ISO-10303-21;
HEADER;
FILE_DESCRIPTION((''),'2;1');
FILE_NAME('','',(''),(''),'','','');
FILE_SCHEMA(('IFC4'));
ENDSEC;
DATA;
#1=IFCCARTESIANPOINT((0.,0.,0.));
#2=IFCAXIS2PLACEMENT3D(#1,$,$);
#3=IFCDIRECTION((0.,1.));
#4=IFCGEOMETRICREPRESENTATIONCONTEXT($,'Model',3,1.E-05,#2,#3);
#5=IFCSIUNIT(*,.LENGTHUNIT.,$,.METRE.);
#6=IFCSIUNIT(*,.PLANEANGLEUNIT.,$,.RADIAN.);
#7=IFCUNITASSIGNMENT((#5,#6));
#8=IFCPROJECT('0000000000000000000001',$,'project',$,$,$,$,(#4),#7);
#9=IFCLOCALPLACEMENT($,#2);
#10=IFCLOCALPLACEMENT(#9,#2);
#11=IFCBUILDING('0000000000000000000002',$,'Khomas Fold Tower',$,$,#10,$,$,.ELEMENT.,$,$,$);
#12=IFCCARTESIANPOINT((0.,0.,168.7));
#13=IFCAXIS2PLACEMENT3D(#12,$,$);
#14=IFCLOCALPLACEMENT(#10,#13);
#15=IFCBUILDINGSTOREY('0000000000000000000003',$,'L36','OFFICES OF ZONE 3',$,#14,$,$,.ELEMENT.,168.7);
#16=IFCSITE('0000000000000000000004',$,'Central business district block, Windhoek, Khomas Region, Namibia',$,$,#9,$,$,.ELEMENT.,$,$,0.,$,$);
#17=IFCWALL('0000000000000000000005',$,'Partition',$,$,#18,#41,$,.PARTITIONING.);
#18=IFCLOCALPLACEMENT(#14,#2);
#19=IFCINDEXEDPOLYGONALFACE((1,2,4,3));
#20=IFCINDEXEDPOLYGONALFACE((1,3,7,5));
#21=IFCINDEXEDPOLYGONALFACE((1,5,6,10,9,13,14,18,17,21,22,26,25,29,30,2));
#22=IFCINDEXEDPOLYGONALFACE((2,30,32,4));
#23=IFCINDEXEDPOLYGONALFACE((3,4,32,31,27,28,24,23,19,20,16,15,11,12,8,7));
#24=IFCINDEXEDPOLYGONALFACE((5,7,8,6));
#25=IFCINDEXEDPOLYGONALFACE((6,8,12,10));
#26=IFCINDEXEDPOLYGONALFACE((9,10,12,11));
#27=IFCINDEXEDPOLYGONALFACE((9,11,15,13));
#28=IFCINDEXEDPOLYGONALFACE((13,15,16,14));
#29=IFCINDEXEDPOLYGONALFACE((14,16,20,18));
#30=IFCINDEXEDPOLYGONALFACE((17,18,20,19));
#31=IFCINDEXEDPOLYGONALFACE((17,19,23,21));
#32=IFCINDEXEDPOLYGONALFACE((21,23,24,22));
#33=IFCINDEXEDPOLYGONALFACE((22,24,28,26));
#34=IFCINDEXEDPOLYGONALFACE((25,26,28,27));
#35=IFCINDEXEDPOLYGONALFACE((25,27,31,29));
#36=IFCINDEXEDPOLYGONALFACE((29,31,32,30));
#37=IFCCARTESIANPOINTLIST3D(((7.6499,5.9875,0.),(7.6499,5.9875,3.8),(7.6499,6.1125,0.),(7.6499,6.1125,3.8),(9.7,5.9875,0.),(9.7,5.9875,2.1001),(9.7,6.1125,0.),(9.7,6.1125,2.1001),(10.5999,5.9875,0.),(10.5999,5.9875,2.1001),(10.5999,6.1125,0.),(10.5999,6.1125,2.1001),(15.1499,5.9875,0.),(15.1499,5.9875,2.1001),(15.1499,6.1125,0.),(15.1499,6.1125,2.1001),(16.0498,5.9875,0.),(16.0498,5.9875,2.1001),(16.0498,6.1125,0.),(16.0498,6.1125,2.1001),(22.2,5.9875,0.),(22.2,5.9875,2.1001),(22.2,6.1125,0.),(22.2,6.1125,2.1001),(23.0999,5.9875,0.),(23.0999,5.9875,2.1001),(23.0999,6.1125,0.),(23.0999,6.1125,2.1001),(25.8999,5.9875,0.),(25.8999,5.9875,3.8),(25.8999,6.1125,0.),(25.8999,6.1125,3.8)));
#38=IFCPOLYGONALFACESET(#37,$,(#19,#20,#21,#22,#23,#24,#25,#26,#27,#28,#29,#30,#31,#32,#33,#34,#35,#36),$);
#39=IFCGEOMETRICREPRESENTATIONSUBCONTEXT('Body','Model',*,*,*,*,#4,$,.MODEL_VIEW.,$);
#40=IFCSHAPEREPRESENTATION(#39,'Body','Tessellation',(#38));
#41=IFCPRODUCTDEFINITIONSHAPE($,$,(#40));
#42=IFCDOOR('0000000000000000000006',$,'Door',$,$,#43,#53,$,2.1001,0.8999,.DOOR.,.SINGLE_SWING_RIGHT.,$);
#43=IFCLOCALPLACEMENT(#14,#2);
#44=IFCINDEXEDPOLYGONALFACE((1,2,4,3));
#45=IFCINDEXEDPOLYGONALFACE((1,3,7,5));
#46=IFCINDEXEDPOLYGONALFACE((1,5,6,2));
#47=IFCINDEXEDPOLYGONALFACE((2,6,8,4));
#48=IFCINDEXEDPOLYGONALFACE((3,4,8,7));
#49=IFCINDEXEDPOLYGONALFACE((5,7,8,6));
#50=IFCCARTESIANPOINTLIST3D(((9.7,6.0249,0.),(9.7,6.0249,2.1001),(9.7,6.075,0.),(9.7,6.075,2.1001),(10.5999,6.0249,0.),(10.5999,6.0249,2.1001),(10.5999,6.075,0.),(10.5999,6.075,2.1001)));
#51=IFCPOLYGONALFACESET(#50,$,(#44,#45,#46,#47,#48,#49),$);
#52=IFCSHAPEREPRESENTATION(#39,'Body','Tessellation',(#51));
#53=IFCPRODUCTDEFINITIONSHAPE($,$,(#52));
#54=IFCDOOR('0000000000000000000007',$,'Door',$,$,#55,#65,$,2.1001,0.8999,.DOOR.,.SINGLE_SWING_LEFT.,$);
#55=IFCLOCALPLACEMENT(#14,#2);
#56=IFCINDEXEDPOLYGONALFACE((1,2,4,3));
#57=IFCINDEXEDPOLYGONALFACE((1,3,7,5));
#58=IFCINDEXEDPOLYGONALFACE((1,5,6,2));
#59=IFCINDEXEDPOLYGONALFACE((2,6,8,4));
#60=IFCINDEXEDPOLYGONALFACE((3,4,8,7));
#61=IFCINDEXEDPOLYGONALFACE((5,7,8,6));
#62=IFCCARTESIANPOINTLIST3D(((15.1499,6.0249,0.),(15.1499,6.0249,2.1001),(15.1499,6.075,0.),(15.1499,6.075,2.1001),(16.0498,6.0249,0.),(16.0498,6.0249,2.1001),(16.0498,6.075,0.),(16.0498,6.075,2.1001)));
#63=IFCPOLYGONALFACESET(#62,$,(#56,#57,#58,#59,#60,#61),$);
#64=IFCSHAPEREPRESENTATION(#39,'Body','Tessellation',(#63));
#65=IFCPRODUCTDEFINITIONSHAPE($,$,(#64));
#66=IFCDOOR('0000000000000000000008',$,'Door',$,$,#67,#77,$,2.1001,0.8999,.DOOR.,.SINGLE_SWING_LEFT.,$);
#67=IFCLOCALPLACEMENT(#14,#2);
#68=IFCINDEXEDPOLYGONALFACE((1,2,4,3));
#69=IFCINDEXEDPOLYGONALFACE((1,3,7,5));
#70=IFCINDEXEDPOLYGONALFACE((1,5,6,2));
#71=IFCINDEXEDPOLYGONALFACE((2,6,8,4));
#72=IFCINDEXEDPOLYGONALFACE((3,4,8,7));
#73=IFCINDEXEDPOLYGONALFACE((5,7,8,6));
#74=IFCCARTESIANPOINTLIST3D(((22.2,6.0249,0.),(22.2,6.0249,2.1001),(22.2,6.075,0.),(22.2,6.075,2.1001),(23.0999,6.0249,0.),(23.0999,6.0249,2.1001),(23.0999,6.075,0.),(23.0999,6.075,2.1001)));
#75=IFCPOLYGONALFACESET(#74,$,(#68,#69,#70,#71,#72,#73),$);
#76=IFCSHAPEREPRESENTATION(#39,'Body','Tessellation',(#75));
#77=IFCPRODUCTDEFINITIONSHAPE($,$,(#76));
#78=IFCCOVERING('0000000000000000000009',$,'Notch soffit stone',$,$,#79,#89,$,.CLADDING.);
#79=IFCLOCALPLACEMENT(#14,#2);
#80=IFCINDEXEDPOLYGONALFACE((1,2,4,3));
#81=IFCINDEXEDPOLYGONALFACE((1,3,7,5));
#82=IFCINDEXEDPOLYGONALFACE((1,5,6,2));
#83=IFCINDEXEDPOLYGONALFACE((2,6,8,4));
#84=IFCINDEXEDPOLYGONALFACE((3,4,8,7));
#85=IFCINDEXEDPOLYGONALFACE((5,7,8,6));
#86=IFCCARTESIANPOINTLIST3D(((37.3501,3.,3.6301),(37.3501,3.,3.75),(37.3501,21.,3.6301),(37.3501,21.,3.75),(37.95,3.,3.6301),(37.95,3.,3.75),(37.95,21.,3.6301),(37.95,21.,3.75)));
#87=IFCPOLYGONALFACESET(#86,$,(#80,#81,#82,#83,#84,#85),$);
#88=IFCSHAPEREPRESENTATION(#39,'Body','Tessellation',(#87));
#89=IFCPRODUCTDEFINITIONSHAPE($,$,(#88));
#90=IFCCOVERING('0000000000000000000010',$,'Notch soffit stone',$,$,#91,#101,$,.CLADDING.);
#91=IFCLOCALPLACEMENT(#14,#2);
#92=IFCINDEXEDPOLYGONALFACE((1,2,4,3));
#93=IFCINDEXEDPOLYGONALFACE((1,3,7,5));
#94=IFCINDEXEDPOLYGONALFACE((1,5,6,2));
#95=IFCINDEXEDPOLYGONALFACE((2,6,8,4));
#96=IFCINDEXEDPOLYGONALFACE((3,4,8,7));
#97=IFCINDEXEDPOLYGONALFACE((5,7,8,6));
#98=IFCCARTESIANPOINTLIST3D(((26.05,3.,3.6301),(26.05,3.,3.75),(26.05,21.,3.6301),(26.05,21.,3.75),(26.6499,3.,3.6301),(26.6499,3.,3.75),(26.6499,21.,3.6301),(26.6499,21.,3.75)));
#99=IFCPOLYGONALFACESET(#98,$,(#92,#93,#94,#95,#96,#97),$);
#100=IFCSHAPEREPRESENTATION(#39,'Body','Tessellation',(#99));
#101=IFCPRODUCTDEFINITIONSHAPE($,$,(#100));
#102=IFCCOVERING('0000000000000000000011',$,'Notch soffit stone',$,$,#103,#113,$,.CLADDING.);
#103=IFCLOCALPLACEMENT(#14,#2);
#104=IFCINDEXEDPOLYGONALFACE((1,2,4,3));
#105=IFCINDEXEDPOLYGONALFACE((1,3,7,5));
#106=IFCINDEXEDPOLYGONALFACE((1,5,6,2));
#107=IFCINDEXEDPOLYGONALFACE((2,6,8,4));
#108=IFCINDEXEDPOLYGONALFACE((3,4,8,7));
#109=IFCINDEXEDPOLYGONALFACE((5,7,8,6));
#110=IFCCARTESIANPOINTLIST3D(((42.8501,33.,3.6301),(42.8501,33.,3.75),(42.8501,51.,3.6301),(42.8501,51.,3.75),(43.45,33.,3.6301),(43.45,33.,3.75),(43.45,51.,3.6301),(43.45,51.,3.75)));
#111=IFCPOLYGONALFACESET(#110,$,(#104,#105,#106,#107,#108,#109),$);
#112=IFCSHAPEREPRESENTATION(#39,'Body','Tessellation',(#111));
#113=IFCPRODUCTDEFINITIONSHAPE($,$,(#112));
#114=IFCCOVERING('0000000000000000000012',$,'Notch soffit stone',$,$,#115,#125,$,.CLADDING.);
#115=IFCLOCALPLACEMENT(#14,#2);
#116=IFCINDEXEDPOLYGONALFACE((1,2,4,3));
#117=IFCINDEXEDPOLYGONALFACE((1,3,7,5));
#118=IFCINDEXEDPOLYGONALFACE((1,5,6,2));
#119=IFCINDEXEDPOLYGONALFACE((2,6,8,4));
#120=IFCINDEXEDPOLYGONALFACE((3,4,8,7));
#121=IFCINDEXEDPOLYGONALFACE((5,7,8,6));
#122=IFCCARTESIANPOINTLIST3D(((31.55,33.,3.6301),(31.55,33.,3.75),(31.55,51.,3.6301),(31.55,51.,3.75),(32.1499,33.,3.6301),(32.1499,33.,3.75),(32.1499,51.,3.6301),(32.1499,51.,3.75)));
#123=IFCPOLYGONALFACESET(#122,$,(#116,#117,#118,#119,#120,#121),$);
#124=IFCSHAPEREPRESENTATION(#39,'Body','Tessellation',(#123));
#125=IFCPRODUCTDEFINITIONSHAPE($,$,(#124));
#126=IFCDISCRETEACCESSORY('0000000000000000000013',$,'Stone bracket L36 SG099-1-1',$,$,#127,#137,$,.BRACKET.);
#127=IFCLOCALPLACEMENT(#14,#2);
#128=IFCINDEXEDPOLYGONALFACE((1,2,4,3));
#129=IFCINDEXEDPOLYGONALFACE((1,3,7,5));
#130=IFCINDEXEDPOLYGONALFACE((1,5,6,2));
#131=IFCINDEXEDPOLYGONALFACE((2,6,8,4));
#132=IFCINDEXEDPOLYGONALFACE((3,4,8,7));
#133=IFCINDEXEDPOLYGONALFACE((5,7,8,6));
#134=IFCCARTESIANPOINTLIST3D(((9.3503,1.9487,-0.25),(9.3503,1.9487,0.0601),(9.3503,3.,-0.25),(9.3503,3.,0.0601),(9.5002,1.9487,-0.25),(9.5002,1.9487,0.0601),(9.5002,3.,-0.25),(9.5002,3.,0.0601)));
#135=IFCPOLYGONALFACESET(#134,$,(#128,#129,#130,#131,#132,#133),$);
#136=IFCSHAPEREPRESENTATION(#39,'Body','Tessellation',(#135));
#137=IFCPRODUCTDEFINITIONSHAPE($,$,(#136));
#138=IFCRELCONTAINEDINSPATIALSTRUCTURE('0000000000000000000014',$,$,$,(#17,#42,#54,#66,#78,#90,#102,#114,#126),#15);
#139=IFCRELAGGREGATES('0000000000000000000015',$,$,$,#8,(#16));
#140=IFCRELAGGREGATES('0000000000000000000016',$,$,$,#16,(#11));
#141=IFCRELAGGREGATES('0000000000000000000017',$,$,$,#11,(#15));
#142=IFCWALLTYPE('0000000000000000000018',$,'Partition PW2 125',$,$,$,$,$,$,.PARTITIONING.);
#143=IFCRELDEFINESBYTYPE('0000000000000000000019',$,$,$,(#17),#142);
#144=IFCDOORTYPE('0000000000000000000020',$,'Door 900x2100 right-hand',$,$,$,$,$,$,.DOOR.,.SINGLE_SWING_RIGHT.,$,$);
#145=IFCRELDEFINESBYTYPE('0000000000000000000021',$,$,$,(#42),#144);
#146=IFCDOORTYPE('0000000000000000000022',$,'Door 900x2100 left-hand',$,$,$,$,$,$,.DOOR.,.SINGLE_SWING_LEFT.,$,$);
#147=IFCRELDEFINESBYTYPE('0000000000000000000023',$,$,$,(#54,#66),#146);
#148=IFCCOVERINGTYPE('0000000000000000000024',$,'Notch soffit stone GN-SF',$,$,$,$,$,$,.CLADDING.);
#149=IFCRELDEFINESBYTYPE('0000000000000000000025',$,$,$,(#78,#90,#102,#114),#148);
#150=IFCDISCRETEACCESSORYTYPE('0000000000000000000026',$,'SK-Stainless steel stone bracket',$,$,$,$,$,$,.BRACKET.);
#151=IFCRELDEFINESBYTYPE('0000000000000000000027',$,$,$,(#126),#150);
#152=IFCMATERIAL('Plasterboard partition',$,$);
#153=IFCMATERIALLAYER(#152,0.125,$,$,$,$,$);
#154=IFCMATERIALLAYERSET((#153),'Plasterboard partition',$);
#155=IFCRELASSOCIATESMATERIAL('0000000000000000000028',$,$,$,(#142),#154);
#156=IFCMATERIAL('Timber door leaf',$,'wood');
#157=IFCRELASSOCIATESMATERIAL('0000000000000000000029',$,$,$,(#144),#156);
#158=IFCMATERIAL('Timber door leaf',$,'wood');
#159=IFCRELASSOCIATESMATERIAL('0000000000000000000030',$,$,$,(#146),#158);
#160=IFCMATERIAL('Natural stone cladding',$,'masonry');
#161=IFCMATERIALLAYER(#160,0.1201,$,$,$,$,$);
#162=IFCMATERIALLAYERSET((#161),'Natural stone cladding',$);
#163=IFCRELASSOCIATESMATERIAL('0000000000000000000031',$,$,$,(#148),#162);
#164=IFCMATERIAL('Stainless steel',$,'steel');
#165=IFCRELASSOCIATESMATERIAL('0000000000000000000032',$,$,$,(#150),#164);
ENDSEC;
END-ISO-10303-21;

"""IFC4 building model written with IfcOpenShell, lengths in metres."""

from ifc_helpers import new_model, si_unit, direction, frame, frame_2d, origin, origin_2d, place, context, subcontext, project, spatial, polyline, rectangle, outline, extrude, source, transform, mapped, material, layer, layer_set, type_object, element, fill, save


model = new_model("IFC4")

# Units and contexts
model_context = context("Model", 3, precision=1e-05, world=origin(), true_north=direction((0.0, 1.0)))
body_context = subcontext(model_context, "Body", "Model", "MODEL_VIEW")
ifc_project = project(units=[si_unit("LENGTHUNIT", "METRE"), si_unit("PLANEANGLEUNIT", "RADIAN")], contexts=[model_context])

# Site, building, storey
site_placement = place(None, origin())
site = spatial("IfcSite", under=ifc_project, at=site_placement, Name="Central business district block, Windhoek, Khomas Region, Namibia", CompositionType="ELEMENT", RefElevation=0.0)
building_placement = place(site_placement, origin())
building = spatial("IfcBuilding", under=site, at=building_placement, Name="Khomas Fold Tower", CompositionType="ELEMENT")
storey_placement = place(building_placement, frame((0.0, 0.0, 168.7)))
storey = spatial("IfcBuildingStorey", under=building, at=storey_placement, Name="L36", Description="OFFICES OF ZONE 3", CompositionType="ELEMENT", Elevation=168.7)

# Wall, openings, doors
ifc_material_1 = material(Name="Plasterboard partition")
ifc_layer_1 = layer(ifc_material_1, 0.125)
ifc_layer_set_1 = layer_set([ifc_layer_1], Name="Plasterboard partition")
wall_type_1 = type_object("IfcWallType", Name="Partition PW2 125", PredefinedType="PARTITIONING", material=ifc_layer_set_1)
shared_shape_1 = source(origin(), body_context, "Body", "SweptSolid", [
    extrude(rectangle(XDim=18.25, YDim=0.125, at=frame_2d((9.125, 0.0))), origin(), (0.0, 0.0, 1.0), 3.8),
])
wall_1_placement = place(storey_placement, frame((7.6499, 6.05, 0.0), z_axis=(0.0, 0.0, 1.0), x_axis=(1.0, 0.0, 0.0)))
wall_1 = element("IfcWall", 1, at=wall_1_placement, inside=storey, type_object=wall_type_1, Name="Partition", PredefinedType="PARTITIONING", context=body_context, shape_type="MappedRepresentation", body=[
    mapped(shared_shape_1, transform((0.0, 0.0, 0.0))),
])
shared_shape_2 = source(origin(), body_context, "Body", "SweptSolid", [
    extrude(rectangle(XDim=0.8999, YDim=2.1001, at=frame_2d((0.45, 1.05))), frame((0.0, 0.0725, 0.0), z_axis=(0.0, -1.0, 0.0), x_axis=(1.0, 0.0, 0.0)), (0.0, 0.0, 1.0), 0.145),
])
opening_1_placement = place(wall_1_placement, frame((2.05, 0.0, 0.0)))
opening_1 = element("IfcOpeningElement", 2, at=opening_1_placement, cuts=wall_1, PredefinedType="OPENING", context=body_context, shape_type="MappedRepresentation", body=[
    mapped(shared_shape_2, transform((0.0, 0.0, 0.0))),
])
opening_2_placement = place(wall_1_placement, frame((7.5, 0.0, 0.0)))
opening_2 = element("IfcOpeningElement", 3, at=opening_2_placement, cuts=wall_1, PredefinedType="OPENING", context=body_context, shape_type="MappedRepresentation", body=[
    mapped(shared_shape_2, transform((0.0, 0.0, 0.0))),
])
opening_3_placement = place(wall_1_placement, frame((14.55, 0.0, 0.0)))
opening_3 = element("IfcOpeningElement", 4, at=opening_3_placement, cuts=wall_1, PredefinedType="OPENING", context=body_context, shape_type="MappedRepresentation", body=[
    mapped(shared_shape_2, transform((0.0, 0.0, 0.0))),
])
ifc_material_2 = material(Name="Timber door leaf", Category="wood")
door_type_1 = type_object("IfcDoorType", Name="Door 900x2100 right-hand", OperationType="SINGLE_SWING_RIGHT", PredefinedType="DOOR", material=ifc_material_2)
shared_shape_3 = source(origin(), body_context, "Body", "SweptSolid", [
    extrude(rectangle(XDim=0.8999, YDim=2.1001, at=frame_2d((0.45, 1.05))), frame((0.0, 0.0249, 0.0), z_axis=(0.0, -1.0, 0.0), x_axis=(1.0, 0.0, 0.0)), (0.0, 0.0, 1.0), 0.05),
])
door_1_placement = place(opening_1_placement, origin())
door_1 = element("IfcDoor", 5, at=door_1_placement, inside=storey, type_object=door_type_1, Name="Door", OperationType="SINGLE_SWING_RIGHT", OverallHeight=2.1001, OverallWidth=0.8999, PredefinedType="DOOR", context=body_context, shape_type="MappedRepresentation", body=[
    mapped(shared_shape_3, transform((0.0, 0.0, 0.0))),
])
fill(opening_1, door_1)
ifc_material_3 = material(Name="Timber door leaf", Category="wood")
door_type_2 = type_object("IfcDoorType", Name="Door 900x2100 left-hand", OperationType="SINGLE_SWING_LEFT", PredefinedType="DOOR", material=ifc_material_3)
door_2_placement = place(opening_2_placement, origin())
door_2 = element("IfcDoor", 6, at=door_2_placement, inside=storey, type_object=door_type_2, Name="Door", OperationType="SINGLE_SWING_LEFT", OverallHeight=2.1001, OverallWidth=0.8999, PredefinedType="DOOR", context=body_context, shape_type="MappedRepresentation", body=[
    mapped(shared_shape_3, transform((0.0, 0.0, 0.0))),
])
fill(opening_2, door_2)
door_3_placement = place(opening_3_placement, origin())
door_3 = element("IfcDoor", 7, at=door_3_placement, inside=storey, type_object=door_type_2, Name="Door", OperationType="SINGLE_SWING_LEFT", OverallHeight=2.1001, OverallWidth=0.8999, PredefinedType="DOOR", context=body_context, shape_type="MappedRepresentation", body=[
    mapped(shared_shape_3, transform((0.0, 0.0, 0.0))),
])
fill(opening_3, door_3)

# Coverings
ifc_material_4 = material(Name="Natural stone cladding", Category="masonry")
ifc_layer_2 = layer(ifc_material_4, 0.1201)
ifc_layer_set_2 = layer_set([ifc_layer_2], Name="Natural stone cladding")
covering_type = type_object("IfcCoveringType", Name="Notch soffit stone GN-SF", PredefinedType="CLADDING", material=ifc_layer_set_2)
shared_shape_4 = source(origin(), body_context, "Body", "SweptSolid", [
    extrude(outline(polyline([(37.3501, 21.0), (37.3501, 3.0), (37.95, 3.0), (37.95, 21.0), (37.3501, 21.0)])), origin(), (0.0, 0.0, 1.0), 0.1199),
])
covering_1_placement = place(storey_placement, frame((0.0, 0.0, 3.6301)))
element("IfcCovering", 8, at=covering_1_placement, inside=storey, type_object=covering_type, Name="Notch soffit stone", PredefinedType="CLADDING", context=body_context, shape_type="MappedRepresentation", body=[
    mapped(shared_shape_4, transform((0.0, 0.0, 0.0))),
])
shared_shape_5 = source(origin(), body_context, "Body", "SweptSolid", [
    extrude(outline(polyline([(26.6499, 3.0), (26.6499, 21.0), (26.05, 21.0), (26.05, 3.0), (26.6499, 3.0)])), origin(), (0.0, 0.0, 1.0), 0.1199),
])
covering_2_placement = place(storey_placement, frame((0.0, 0.0, 3.6301)))
element("IfcCovering", 9, at=covering_2_placement, inside=storey, type_object=covering_type, Name="Notch soffit stone", PredefinedType="CLADDING", context=body_context, shape_type="MappedRepresentation", body=[
    mapped(shared_shape_5, transform((0.0, 0.0, 0.0))),
])
shared_shape_6 = source(origin(), body_context, "Body", "SweptSolid", [
    extrude(outline(polyline([(42.8501, 51.0), (42.8501, 33.0), (43.45, 33.0), (43.45, 51.0), (42.8501, 51.0)])), origin(), (0.0, 0.0, 1.0), 0.1199),
])
covering_3_placement = place(storey_placement, frame((0.0, 0.0, 3.6301)))
element("IfcCovering", 10, at=covering_3_placement, inside=storey, type_object=covering_type, Name="Notch soffit stone", PredefinedType="CLADDING", context=body_context, shape_type="MappedRepresentation", body=[
    mapped(shared_shape_6, transform((0.0, 0.0, 0.0))),
])
shared_shape_7 = source(origin(), body_context, "Body", "SweptSolid", [
    extrude(outline(polyline([(32.1499, 33.0), (32.1499, 51.0), (31.55, 51.0), (31.55, 33.0), (32.1499, 33.0)])), origin(), (0.0, 0.0, 1.0), 0.1199),
])
covering_4_placement = place(storey_placement, frame((0.0, 0.0, 3.6301)))
element("IfcCovering", 11, at=covering_4_placement, inside=storey, type_object=covering_type, Name="Notch soffit stone", PredefinedType="CLADDING", context=body_context, shape_type="MappedRepresentation", body=[
    mapped(shared_shape_7, transform((0.0, 0.0, 0.0))),
])

# Discrete accessory
ifc_material_5 = material(Name="Stainless steel", Category="steel")
discrete_accessory_type = type_object("IfcDiscreteAccessoryType", Name="SK-Stainless steel stone bracket", PredefinedType="BRACKET", material=ifc_material_5)
shared_shape_8 = source(origin(), body_context, "Body", "SweptSolid", [
    extrude(rectangle(XDim=1.0513, YDim=0.1499, at=origin_2d()), origin(), (0.0, 0.0, 1.0), 0.3101),
])
discrete_accessory_placement = place(storey_placement, frame((9.4253, 2.4744, -0.25), z_axis=(0.0, 0.0, 1.0), x_axis=(0.0, -1.0, 0.0)))
element("IfcDiscreteAccessory", 12, at=discrete_accessory_placement, inside=storey, type_object=discrete_accessory_type, Name="Stone bracket L36 SG099-1-1", PredefinedType="BRACKET", context=body_context, shape_type="MappedRepresentation", body=[
    mapped(shared_shape_8, transform((0.0, 0.0, 0.0))),
])

save(model, "model.ifc")
